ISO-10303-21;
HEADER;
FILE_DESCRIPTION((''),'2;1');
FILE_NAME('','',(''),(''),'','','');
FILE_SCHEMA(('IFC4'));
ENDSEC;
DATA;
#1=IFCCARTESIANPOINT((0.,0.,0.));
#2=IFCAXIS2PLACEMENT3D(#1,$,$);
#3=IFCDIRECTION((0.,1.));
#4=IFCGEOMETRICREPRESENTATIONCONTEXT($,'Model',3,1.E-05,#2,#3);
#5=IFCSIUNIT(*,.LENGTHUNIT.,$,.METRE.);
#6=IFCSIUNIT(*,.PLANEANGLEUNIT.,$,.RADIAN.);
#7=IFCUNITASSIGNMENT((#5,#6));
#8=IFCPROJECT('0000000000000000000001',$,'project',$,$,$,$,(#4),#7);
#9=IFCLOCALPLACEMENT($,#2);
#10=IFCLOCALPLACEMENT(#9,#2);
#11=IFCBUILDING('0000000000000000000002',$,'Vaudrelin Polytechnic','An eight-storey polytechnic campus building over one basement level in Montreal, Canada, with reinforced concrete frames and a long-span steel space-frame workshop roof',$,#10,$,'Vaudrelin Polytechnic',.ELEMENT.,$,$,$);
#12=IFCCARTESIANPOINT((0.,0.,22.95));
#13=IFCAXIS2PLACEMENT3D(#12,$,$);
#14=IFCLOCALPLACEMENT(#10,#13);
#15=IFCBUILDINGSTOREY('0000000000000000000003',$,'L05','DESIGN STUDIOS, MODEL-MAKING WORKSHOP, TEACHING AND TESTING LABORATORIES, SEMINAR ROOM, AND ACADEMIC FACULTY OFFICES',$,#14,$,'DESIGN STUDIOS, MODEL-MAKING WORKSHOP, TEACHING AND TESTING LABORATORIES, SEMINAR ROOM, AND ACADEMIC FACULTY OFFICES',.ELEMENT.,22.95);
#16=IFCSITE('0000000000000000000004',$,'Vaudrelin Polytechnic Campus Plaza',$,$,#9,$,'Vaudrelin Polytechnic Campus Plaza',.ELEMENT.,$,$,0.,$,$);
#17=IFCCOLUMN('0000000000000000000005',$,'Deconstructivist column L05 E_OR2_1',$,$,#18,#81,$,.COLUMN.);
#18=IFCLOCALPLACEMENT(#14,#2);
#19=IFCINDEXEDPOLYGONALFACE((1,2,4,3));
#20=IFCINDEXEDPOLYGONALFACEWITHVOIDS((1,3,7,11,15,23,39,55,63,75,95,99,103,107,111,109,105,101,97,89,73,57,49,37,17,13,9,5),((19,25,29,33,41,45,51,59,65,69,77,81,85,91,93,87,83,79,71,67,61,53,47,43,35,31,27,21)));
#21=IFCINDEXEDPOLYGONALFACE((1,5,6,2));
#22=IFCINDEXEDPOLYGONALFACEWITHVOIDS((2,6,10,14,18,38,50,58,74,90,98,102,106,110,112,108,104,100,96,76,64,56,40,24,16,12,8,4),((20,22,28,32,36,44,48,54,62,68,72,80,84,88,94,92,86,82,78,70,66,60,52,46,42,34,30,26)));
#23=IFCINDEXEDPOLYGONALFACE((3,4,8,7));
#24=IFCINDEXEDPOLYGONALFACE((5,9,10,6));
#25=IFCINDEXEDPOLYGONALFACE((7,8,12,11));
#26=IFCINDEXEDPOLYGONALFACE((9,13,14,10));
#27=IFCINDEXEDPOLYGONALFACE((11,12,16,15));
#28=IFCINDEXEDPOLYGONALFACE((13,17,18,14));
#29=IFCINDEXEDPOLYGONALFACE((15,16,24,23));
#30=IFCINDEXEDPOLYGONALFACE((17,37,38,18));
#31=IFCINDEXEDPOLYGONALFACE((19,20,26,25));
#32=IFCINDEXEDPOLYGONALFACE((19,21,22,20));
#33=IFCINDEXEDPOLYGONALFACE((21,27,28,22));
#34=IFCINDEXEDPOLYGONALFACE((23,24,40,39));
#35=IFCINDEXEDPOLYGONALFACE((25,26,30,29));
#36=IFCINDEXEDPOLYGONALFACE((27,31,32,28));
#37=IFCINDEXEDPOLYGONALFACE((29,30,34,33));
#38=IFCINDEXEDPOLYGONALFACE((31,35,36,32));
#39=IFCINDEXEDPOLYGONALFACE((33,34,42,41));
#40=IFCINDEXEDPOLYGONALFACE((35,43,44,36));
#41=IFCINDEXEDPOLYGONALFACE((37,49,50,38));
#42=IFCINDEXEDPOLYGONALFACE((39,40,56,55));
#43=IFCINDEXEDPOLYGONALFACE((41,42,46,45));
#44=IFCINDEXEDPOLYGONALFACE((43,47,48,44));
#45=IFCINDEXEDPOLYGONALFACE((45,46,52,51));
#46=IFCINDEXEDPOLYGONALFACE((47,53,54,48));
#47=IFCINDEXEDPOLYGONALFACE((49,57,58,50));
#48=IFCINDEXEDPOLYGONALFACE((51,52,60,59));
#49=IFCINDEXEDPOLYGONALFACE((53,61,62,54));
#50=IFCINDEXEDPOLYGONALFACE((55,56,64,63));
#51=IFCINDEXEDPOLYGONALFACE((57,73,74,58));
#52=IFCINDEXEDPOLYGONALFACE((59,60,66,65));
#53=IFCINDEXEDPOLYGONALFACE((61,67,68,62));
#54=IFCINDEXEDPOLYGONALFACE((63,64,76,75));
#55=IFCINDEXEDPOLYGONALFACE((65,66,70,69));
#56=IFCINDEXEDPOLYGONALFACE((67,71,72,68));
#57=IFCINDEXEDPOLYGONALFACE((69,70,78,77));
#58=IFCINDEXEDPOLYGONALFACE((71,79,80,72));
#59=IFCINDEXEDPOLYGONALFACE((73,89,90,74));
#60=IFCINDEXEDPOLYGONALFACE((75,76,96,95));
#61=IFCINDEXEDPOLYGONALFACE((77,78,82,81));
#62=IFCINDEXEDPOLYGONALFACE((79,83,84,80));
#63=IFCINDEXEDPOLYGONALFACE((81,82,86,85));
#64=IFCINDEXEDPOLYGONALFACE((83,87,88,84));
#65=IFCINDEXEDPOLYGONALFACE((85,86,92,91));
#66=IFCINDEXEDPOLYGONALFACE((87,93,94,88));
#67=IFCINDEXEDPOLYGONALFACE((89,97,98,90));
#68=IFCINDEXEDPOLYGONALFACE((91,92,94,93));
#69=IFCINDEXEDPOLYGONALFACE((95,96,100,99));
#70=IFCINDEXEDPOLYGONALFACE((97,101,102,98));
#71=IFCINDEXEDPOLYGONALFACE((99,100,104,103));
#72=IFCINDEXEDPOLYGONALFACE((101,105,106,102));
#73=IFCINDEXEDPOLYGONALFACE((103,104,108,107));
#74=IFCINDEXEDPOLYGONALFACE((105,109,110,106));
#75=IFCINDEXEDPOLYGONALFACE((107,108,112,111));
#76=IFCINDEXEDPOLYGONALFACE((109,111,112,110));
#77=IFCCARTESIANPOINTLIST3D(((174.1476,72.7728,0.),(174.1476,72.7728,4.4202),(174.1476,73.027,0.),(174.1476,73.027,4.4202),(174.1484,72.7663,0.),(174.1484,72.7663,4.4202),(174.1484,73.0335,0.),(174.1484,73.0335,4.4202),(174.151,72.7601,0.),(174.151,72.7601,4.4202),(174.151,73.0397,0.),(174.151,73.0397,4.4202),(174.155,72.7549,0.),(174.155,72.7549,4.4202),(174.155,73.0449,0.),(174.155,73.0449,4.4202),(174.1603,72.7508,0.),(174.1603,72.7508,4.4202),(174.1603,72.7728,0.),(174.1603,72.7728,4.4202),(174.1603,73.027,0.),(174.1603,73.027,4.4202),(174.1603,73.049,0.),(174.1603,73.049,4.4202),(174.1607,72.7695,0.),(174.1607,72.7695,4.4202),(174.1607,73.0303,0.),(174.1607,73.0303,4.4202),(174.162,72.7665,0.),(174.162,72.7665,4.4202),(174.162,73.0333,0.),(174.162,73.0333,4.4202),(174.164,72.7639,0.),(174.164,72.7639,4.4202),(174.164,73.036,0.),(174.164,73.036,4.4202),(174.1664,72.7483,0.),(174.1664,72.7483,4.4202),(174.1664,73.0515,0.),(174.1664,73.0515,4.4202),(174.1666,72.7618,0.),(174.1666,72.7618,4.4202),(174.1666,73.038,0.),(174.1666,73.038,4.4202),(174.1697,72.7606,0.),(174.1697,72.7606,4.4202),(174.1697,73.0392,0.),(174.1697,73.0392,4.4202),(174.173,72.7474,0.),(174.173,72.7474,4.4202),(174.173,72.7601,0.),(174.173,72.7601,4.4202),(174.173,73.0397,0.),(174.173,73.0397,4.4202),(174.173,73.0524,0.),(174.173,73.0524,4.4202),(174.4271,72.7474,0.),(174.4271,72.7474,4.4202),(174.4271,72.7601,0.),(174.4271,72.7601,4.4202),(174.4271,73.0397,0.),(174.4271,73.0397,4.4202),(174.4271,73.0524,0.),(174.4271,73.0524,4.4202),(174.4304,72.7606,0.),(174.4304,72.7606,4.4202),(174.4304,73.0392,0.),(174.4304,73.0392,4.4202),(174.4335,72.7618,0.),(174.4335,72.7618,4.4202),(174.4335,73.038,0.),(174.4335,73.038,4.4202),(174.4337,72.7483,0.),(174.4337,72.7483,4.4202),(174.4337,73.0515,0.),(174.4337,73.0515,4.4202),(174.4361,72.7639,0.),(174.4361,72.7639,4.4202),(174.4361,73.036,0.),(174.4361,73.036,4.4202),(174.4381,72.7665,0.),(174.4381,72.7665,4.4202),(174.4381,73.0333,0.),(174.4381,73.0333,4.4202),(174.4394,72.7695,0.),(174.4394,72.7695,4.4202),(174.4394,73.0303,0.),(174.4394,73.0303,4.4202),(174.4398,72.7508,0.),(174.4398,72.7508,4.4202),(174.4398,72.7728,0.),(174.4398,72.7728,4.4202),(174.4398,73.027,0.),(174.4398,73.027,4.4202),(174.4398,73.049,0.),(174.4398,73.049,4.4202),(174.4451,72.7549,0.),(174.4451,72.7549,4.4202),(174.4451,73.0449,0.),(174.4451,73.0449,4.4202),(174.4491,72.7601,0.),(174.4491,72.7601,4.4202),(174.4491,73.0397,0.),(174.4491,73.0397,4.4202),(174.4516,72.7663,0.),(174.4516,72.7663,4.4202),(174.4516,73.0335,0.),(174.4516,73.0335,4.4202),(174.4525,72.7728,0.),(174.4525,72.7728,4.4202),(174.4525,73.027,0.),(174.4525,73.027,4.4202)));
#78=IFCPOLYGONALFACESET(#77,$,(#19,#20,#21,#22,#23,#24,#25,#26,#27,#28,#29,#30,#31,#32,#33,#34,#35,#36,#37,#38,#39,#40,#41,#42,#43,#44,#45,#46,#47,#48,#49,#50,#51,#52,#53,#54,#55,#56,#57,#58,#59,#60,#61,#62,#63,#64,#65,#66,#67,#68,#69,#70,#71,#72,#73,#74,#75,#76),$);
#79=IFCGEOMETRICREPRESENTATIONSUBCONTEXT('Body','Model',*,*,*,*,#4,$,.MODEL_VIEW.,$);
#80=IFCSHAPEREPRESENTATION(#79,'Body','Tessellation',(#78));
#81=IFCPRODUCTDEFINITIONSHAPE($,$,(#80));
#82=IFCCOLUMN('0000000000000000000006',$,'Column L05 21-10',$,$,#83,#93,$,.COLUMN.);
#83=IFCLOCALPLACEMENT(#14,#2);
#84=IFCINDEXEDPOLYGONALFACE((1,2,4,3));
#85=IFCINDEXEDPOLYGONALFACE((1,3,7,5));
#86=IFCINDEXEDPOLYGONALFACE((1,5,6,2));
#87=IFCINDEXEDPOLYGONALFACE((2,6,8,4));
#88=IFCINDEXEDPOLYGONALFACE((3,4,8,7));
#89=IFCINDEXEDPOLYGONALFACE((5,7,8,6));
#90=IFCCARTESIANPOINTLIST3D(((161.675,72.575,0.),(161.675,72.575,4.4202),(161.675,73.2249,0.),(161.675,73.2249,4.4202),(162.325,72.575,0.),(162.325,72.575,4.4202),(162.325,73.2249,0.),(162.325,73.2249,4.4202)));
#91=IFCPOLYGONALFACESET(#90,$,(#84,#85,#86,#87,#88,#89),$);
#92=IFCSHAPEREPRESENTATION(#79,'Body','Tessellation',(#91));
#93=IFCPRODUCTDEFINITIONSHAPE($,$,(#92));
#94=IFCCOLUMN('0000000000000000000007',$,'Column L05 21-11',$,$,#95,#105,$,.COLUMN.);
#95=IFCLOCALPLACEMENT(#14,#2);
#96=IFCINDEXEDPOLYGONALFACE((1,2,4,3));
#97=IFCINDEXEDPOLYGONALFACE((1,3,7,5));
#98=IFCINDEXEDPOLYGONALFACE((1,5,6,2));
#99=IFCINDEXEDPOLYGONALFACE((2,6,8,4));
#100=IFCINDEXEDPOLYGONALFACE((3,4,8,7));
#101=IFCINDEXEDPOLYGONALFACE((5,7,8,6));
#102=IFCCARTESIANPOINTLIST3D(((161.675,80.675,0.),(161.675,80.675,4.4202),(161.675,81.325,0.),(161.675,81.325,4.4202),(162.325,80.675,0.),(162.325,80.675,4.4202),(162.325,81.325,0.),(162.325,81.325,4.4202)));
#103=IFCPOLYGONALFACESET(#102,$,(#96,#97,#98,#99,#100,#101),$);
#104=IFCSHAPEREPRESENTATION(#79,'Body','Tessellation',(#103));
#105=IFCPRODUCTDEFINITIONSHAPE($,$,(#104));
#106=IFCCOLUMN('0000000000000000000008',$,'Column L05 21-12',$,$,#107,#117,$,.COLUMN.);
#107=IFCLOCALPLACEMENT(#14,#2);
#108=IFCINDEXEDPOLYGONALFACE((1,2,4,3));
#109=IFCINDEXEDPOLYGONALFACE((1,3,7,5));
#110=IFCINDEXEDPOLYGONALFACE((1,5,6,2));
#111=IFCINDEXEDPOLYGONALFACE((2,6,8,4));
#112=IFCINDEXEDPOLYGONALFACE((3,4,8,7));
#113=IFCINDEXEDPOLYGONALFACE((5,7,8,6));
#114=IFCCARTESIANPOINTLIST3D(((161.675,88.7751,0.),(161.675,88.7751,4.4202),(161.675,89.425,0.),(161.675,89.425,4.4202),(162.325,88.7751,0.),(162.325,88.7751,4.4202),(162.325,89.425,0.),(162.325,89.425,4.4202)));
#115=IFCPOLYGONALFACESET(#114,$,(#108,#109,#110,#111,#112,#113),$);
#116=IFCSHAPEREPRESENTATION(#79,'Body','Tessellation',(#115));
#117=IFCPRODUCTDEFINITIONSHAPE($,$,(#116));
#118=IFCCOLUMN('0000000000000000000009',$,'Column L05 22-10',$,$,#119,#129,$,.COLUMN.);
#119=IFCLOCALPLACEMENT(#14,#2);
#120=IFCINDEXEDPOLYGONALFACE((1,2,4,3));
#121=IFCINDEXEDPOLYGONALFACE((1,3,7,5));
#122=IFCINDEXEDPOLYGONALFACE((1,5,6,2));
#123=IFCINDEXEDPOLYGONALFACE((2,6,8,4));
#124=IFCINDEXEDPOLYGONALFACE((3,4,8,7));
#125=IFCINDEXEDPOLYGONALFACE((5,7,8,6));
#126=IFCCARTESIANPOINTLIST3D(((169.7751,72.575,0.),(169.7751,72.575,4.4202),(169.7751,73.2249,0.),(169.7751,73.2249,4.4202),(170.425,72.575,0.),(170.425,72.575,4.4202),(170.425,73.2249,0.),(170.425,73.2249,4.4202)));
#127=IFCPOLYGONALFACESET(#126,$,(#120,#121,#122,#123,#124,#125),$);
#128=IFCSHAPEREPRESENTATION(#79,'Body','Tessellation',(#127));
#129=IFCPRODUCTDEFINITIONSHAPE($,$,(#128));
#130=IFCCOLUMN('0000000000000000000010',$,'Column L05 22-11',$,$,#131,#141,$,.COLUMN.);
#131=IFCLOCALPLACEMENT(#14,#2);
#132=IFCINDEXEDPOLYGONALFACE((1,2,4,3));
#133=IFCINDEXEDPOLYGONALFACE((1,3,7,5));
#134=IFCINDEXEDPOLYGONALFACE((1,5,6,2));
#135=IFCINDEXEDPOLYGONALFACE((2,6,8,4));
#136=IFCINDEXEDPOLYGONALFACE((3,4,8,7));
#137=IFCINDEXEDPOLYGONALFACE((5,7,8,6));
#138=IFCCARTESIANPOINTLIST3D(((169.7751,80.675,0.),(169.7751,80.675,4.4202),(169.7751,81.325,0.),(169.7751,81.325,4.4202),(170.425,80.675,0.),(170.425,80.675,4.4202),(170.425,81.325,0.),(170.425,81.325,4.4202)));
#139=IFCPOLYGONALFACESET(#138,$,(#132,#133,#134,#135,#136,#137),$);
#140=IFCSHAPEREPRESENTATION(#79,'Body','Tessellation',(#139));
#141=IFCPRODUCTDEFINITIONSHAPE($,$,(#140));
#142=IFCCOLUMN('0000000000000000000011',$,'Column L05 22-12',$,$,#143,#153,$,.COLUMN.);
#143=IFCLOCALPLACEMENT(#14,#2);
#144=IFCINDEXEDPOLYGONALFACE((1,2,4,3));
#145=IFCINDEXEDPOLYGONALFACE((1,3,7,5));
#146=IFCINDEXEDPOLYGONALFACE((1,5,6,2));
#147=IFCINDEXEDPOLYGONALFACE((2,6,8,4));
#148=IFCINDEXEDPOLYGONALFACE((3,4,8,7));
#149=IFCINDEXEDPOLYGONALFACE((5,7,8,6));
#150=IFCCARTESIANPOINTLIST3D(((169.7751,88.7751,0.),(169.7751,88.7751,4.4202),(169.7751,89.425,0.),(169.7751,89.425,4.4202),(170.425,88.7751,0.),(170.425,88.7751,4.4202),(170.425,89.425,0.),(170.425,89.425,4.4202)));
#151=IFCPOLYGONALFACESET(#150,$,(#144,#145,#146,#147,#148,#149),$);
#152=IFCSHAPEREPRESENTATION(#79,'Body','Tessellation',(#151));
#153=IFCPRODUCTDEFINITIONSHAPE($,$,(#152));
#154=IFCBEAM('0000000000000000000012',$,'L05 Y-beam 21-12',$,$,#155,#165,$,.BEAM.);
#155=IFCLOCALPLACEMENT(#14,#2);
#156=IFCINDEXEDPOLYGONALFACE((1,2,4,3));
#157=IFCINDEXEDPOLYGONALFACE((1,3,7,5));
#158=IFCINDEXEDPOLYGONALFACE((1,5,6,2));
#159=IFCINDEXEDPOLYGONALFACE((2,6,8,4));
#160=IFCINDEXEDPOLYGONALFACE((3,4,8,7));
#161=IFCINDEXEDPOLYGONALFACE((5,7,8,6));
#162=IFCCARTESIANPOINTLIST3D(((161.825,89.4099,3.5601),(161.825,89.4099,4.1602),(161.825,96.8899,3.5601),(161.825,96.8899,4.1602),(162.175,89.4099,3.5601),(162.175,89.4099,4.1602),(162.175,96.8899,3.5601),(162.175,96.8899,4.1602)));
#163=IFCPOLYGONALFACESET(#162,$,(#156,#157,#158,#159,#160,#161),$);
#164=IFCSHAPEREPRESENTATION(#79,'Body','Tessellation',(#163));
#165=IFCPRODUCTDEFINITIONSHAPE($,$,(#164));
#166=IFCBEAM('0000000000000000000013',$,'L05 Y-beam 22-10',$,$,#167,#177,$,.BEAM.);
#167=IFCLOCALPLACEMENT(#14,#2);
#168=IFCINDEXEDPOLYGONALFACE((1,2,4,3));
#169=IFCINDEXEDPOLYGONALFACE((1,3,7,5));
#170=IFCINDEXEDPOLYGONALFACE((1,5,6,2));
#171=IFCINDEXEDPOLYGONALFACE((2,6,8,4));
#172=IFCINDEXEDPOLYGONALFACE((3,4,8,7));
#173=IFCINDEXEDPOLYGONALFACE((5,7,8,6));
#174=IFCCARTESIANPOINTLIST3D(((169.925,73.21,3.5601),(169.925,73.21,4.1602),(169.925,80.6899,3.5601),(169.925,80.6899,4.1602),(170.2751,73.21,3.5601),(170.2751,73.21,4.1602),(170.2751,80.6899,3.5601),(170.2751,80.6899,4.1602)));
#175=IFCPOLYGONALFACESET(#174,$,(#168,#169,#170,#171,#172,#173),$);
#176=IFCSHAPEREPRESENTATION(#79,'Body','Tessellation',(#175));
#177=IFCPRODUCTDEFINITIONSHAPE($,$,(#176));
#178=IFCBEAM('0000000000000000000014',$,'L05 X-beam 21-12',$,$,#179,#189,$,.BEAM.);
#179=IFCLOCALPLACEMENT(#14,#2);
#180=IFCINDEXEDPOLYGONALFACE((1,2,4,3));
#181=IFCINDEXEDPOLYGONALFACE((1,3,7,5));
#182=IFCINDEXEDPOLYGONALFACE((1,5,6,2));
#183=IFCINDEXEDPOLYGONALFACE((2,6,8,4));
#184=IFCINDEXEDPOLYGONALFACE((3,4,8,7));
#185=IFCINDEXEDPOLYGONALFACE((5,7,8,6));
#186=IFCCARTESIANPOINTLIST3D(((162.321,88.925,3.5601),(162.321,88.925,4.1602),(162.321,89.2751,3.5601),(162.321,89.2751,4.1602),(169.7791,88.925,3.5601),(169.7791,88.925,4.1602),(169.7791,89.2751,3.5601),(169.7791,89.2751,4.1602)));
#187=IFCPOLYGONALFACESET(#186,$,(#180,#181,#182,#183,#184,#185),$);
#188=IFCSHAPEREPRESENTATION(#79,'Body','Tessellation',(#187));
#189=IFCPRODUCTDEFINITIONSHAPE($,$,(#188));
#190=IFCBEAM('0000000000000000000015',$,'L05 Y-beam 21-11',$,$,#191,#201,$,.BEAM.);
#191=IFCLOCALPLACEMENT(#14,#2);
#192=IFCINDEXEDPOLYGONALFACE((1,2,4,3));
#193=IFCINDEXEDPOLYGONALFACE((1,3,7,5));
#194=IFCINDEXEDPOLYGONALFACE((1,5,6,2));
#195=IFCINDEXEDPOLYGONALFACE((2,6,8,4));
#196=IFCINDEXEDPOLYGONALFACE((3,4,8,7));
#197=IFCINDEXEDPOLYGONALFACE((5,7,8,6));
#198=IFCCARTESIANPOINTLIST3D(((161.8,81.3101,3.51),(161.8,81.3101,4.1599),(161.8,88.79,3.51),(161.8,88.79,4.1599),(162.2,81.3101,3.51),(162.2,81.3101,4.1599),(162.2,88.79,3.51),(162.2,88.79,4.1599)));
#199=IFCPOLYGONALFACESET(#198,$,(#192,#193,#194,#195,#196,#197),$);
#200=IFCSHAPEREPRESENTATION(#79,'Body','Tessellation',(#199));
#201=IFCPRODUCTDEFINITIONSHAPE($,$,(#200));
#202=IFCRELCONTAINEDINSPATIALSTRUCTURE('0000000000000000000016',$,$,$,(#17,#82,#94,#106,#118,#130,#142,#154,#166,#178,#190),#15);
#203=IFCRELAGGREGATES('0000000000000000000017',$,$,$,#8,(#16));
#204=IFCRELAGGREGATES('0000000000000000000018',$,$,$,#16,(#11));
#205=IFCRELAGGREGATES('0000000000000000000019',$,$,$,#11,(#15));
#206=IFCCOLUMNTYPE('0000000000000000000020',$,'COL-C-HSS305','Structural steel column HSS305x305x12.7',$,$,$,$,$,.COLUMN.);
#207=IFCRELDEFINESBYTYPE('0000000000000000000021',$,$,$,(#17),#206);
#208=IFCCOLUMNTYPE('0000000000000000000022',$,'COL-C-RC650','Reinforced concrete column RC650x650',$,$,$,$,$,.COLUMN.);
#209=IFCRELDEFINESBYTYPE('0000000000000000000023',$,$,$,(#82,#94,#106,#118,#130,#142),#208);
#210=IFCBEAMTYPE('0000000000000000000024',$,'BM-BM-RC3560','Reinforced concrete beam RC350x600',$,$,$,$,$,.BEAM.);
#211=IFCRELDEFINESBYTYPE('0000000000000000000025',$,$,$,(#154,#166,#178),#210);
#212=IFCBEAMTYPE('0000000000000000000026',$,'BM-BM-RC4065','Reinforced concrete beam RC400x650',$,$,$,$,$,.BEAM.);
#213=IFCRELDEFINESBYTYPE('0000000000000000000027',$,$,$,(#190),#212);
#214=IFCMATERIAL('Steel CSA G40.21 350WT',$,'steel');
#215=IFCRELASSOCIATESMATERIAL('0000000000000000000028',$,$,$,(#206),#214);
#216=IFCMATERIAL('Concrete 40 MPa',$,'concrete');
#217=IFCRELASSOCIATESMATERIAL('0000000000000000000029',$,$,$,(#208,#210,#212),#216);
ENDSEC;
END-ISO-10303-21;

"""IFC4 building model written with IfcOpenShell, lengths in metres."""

from ifc_helpers import new_model, si_unit, direction, frame, origin, origin_2d, place, context, subcontext, project, spatial, rectangle, hollow_rectangle, extrude, material, material_profile, profile_set, type_object, element, save


model = new_model("IFC4")

# Units and contexts
model_context = context("Model", 3, precision=1e-05, world=origin(), true_north=direction((0.0, 1.0)))
body_context = subcontext(model_context, "Body", "Model", "MODEL_VIEW")
ifc_project = project(units=[si_unit("LENGTHUNIT", "METRE"), si_unit("PLANEANGLEUNIT", "RADIAN")], contexts=[model_context])

# Site, building, storey
site_placement = place(None, origin())
site = spatial("IfcSite", under=ifc_project, at=site_placement, Name="Vaudrelin Polytechnic Campus Plaza", LongName="Vaudrelin Polytechnic Campus Plaza", CompositionType="ELEMENT", RefElevation=0.0)
building_placement = place(site_placement, origin())
building = spatial("IfcBuilding", under=site, at=building_placement, Name="Vaudrelin Polytechnic", Description="An eight-storey polytechnic campus building over one basement level in Montreal, Canada, with reinforced concrete frames and a long-span steel space-frame workshop roof", LongName="Vaudrelin Polytechnic", CompositionType="ELEMENT")
storey_placement = place(building_placement, frame((0.0, 0.0, 22.95)))
storey = spatial("IfcBuildingStorey", under=building, at=storey_placement, Name="L05", Description="DESIGN STUDIOS, MODEL-MAKING WORKSHOP, TEACHING AND TESTING LABORATORIES, SEMINAR ROOM, AND ACADEMIC FACULTY OFFICES", LongName="DESIGN STUDIOS, MODEL-MAKING WORKSHOP, TEACHING AND TESTING LABORATORIES, SEMINAR ROOM, AND ACADEMIC FACULTY OFFICES", CompositionType="ELEMENT", Elevation=22.95)

# Columns
ifc_material_1 = material(Name="Steel CSA G40.21 350WT", Category="steel")
ifc_material_profile_1 = material_profile(ifc_material_1, hollow_rectangle(XDim=0.3049, YDim=0.3049, WallThickness=0.0127, InnerFilletRadius=0.0127, OuterFilletRadius=0.0254, at=origin_2d()), Name="HSS305x305x12.7")
ifc_profile_set_1 = profile_set([ifc_material_profile_1], Name="Steel CSA G40.21 350WT")
column_type_1 = type_object("IfcColumnType", Name="COL-C-HSS305", Description="Structural steel column HSS305x305x12.7", PredefinedType="COLUMN", material=ifc_profile_set_1)
column_placement = place(storey_placement, frame((174.3, 72.8999, 0.0), z_axis=(0.0, 0.0, 1.0), x_axis=(1.0, 0.0, 0.0)))
element("IfcColumn", 1, at=column_placement, inside=storey, type_object=column_type_1, Name="Deconstructivist column L05 E_OR2_1", PredefinedType="COLUMN", context=body_context, shape_type="SweptSolid", body=[
    extrude(hollow_rectangle(XDim=0.3049, YDim=0.3049, WallThickness=0.0127, InnerFilletRadius=0.0127, OuterFilletRadius=0.0254, at=origin_2d()), origin(), (0.0, 0.0, 1.0), 4.4202),
])
ifc_material_2 = material(Name="Concrete 40 MPa", Category="concrete")
ifc_material_profile_2 = material_profile(ifc_material_2, rectangle(XDim=0.6499, YDim=0.6499, at=origin_2d()), Name="RC650x650")
ifc_profile_set_2 = profile_set([ifc_material_profile_2], Name="Concrete 40 MPa")
column_type_2 = type_object("IfcColumnType", Name="COL-C-RC650", Description="Reinforced concrete column RC650x650", PredefinedType="COLUMN", material=ifc_profile_set_2)
for number, where, z_axis, x_axis, name in (
    (2, (162.0, 72.8999, 0.0), (0.0, 0.0, 1.0), (1.0, 0.0, 0.0), "Column L05 21-10"),
    (3, (162.0, 81.0, 0.0), (0.0, 0.0, 1.0), (1.0, 0.0, 0.0), "Column L05 21-11"),
    (4, (162.0, 89.1001, 0.0), (0.0, 0.0, 1.0), (1.0, 0.0, 0.0), "Column L05 21-12"),
    (5, (170.1001, 72.8999, 0.0), (0.0, 0.0, 1.0), (1.0, 0.0, 0.0), "Column L05 22-10"),
    (6, (170.1001, 81.0, 0.0), (0.0, 0.0, 1.0), (1.0, 0.0, 0.0), "Column L05 22-11"),
    (7, (170.1001, 89.1001, 0.0), (0.0, 0.0, 1.0), (1.0, 0.0, 0.0), "Column L05 22-12"),
):
    element("IfcColumn", number, at=place(storey_placement, frame(where, z_axis=z_axis, x_axis=x_axis)), inside=storey, type_object=column_type_2, Name=name, PredefinedType="COLUMN", context=body_context, shape_type="SweptSolid", body=[
        extrude(rectangle(XDim=0.6499, YDim=0.6499, at=origin_2d()), origin(), (0.0, 0.0, 1.0), 4.4202),
    ])

# Beams
ifc_material_profile_3 = material_profile(ifc_material_2, rectangle(XDim=0.3501, YDim=0.6001, at=origin_2d()), Name="RC350x600")
ifc_profile_set_3 = profile_set([ifc_material_profile_3], Name="Concrete 40 MPa")
beam_type_1 = type_object("IfcBeamType", Name="BM-BM-RC3560", Description="Reinforced concrete beam RC350x600", PredefinedType="BEAM", material=ifc_profile_set_3)
for number, where, z_axis, x_axis, name in (
    (8, (162.0, 89.4099, 3.8601), (0.0, 1.0, 0.0), (-1.0, 0.0, 0.0), "L05 Y-beam 21-12"),
    (9, (170.1001, 73.21, 3.8601), (0.0, 1.0, 0.0), (-1.0, 0.0, 0.0), "L05 Y-beam 22-10"),
):
    element("IfcBeam", number, at=place(storey_placement, frame(where, z_axis=z_axis, x_axis=x_axis)), inside=storey, type_object=beam_type_1, Name=name, PredefinedType="BEAM", context=body_context, shape_type="SweptSolid", body=[
        extrude(rectangle(XDim=0.3501, YDim=0.6001, at=origin_2d()), origin(), (0.0, 0.0, 1.0), 7.48),
    ])
beam_1_placement = place(storey_placement, frame((162.321, 89.1001, 3.8601), z_axis=(1.0, 0.0, 0.0), x_axis=(0.0, 1.0, 0.0)))
element("IfcBeam", 10, at=beam_1_placement, inside=storey, type_object=beam_type_1, Name="L05 X-beam 21-12", PredefinedType="BEAM", context=body_context, shape_type="SweptSolid", body=[
    extrude(rectangle(XDim=0.3501, YDim=0.6001, at=origin_2d()), origin(), (0.0, 0.0, 1.0), 7.458),
])
ifc_material_profile_4 = material_profile(ifc_material_2, rectangle(XDim=0.3999, YDim=0.6499, at=origin_2d()), Name="RC400x650")
ifc_profile_set_4 = profile_set([ifc_material_profile_4], Name="Concrete 40 MPa")
beam_type_2 = type_object("IfcBeamType", Name="BM-BM-RC4065", Description="Reinforced concrete beam RC400x650", PredefinedType="BEAM", material=ifc_profile_set_4)
beam_2_placement = place(storey_placement, frame((162.0, 81.3101, 3.835), z_axis=(0.0, 1.0, 0.0), x_axis=(-1.0, 0.0, 0.0)))
element("IfcBeam", 11, at=beam_2_placement, inside=storey, type_object=beam_type_2, Name="L05 Y-beam 21-11", PredefinedType="BEAM", context=body_context, shape_type="SweptSolid", body=[
    extrude(rectangle(XDim=0.3999, YDim=0.6499, at=origin_2d()), origin(), (0.0, 0.0, 1.0), 7.48),
])

save(model, "model.ifc")
